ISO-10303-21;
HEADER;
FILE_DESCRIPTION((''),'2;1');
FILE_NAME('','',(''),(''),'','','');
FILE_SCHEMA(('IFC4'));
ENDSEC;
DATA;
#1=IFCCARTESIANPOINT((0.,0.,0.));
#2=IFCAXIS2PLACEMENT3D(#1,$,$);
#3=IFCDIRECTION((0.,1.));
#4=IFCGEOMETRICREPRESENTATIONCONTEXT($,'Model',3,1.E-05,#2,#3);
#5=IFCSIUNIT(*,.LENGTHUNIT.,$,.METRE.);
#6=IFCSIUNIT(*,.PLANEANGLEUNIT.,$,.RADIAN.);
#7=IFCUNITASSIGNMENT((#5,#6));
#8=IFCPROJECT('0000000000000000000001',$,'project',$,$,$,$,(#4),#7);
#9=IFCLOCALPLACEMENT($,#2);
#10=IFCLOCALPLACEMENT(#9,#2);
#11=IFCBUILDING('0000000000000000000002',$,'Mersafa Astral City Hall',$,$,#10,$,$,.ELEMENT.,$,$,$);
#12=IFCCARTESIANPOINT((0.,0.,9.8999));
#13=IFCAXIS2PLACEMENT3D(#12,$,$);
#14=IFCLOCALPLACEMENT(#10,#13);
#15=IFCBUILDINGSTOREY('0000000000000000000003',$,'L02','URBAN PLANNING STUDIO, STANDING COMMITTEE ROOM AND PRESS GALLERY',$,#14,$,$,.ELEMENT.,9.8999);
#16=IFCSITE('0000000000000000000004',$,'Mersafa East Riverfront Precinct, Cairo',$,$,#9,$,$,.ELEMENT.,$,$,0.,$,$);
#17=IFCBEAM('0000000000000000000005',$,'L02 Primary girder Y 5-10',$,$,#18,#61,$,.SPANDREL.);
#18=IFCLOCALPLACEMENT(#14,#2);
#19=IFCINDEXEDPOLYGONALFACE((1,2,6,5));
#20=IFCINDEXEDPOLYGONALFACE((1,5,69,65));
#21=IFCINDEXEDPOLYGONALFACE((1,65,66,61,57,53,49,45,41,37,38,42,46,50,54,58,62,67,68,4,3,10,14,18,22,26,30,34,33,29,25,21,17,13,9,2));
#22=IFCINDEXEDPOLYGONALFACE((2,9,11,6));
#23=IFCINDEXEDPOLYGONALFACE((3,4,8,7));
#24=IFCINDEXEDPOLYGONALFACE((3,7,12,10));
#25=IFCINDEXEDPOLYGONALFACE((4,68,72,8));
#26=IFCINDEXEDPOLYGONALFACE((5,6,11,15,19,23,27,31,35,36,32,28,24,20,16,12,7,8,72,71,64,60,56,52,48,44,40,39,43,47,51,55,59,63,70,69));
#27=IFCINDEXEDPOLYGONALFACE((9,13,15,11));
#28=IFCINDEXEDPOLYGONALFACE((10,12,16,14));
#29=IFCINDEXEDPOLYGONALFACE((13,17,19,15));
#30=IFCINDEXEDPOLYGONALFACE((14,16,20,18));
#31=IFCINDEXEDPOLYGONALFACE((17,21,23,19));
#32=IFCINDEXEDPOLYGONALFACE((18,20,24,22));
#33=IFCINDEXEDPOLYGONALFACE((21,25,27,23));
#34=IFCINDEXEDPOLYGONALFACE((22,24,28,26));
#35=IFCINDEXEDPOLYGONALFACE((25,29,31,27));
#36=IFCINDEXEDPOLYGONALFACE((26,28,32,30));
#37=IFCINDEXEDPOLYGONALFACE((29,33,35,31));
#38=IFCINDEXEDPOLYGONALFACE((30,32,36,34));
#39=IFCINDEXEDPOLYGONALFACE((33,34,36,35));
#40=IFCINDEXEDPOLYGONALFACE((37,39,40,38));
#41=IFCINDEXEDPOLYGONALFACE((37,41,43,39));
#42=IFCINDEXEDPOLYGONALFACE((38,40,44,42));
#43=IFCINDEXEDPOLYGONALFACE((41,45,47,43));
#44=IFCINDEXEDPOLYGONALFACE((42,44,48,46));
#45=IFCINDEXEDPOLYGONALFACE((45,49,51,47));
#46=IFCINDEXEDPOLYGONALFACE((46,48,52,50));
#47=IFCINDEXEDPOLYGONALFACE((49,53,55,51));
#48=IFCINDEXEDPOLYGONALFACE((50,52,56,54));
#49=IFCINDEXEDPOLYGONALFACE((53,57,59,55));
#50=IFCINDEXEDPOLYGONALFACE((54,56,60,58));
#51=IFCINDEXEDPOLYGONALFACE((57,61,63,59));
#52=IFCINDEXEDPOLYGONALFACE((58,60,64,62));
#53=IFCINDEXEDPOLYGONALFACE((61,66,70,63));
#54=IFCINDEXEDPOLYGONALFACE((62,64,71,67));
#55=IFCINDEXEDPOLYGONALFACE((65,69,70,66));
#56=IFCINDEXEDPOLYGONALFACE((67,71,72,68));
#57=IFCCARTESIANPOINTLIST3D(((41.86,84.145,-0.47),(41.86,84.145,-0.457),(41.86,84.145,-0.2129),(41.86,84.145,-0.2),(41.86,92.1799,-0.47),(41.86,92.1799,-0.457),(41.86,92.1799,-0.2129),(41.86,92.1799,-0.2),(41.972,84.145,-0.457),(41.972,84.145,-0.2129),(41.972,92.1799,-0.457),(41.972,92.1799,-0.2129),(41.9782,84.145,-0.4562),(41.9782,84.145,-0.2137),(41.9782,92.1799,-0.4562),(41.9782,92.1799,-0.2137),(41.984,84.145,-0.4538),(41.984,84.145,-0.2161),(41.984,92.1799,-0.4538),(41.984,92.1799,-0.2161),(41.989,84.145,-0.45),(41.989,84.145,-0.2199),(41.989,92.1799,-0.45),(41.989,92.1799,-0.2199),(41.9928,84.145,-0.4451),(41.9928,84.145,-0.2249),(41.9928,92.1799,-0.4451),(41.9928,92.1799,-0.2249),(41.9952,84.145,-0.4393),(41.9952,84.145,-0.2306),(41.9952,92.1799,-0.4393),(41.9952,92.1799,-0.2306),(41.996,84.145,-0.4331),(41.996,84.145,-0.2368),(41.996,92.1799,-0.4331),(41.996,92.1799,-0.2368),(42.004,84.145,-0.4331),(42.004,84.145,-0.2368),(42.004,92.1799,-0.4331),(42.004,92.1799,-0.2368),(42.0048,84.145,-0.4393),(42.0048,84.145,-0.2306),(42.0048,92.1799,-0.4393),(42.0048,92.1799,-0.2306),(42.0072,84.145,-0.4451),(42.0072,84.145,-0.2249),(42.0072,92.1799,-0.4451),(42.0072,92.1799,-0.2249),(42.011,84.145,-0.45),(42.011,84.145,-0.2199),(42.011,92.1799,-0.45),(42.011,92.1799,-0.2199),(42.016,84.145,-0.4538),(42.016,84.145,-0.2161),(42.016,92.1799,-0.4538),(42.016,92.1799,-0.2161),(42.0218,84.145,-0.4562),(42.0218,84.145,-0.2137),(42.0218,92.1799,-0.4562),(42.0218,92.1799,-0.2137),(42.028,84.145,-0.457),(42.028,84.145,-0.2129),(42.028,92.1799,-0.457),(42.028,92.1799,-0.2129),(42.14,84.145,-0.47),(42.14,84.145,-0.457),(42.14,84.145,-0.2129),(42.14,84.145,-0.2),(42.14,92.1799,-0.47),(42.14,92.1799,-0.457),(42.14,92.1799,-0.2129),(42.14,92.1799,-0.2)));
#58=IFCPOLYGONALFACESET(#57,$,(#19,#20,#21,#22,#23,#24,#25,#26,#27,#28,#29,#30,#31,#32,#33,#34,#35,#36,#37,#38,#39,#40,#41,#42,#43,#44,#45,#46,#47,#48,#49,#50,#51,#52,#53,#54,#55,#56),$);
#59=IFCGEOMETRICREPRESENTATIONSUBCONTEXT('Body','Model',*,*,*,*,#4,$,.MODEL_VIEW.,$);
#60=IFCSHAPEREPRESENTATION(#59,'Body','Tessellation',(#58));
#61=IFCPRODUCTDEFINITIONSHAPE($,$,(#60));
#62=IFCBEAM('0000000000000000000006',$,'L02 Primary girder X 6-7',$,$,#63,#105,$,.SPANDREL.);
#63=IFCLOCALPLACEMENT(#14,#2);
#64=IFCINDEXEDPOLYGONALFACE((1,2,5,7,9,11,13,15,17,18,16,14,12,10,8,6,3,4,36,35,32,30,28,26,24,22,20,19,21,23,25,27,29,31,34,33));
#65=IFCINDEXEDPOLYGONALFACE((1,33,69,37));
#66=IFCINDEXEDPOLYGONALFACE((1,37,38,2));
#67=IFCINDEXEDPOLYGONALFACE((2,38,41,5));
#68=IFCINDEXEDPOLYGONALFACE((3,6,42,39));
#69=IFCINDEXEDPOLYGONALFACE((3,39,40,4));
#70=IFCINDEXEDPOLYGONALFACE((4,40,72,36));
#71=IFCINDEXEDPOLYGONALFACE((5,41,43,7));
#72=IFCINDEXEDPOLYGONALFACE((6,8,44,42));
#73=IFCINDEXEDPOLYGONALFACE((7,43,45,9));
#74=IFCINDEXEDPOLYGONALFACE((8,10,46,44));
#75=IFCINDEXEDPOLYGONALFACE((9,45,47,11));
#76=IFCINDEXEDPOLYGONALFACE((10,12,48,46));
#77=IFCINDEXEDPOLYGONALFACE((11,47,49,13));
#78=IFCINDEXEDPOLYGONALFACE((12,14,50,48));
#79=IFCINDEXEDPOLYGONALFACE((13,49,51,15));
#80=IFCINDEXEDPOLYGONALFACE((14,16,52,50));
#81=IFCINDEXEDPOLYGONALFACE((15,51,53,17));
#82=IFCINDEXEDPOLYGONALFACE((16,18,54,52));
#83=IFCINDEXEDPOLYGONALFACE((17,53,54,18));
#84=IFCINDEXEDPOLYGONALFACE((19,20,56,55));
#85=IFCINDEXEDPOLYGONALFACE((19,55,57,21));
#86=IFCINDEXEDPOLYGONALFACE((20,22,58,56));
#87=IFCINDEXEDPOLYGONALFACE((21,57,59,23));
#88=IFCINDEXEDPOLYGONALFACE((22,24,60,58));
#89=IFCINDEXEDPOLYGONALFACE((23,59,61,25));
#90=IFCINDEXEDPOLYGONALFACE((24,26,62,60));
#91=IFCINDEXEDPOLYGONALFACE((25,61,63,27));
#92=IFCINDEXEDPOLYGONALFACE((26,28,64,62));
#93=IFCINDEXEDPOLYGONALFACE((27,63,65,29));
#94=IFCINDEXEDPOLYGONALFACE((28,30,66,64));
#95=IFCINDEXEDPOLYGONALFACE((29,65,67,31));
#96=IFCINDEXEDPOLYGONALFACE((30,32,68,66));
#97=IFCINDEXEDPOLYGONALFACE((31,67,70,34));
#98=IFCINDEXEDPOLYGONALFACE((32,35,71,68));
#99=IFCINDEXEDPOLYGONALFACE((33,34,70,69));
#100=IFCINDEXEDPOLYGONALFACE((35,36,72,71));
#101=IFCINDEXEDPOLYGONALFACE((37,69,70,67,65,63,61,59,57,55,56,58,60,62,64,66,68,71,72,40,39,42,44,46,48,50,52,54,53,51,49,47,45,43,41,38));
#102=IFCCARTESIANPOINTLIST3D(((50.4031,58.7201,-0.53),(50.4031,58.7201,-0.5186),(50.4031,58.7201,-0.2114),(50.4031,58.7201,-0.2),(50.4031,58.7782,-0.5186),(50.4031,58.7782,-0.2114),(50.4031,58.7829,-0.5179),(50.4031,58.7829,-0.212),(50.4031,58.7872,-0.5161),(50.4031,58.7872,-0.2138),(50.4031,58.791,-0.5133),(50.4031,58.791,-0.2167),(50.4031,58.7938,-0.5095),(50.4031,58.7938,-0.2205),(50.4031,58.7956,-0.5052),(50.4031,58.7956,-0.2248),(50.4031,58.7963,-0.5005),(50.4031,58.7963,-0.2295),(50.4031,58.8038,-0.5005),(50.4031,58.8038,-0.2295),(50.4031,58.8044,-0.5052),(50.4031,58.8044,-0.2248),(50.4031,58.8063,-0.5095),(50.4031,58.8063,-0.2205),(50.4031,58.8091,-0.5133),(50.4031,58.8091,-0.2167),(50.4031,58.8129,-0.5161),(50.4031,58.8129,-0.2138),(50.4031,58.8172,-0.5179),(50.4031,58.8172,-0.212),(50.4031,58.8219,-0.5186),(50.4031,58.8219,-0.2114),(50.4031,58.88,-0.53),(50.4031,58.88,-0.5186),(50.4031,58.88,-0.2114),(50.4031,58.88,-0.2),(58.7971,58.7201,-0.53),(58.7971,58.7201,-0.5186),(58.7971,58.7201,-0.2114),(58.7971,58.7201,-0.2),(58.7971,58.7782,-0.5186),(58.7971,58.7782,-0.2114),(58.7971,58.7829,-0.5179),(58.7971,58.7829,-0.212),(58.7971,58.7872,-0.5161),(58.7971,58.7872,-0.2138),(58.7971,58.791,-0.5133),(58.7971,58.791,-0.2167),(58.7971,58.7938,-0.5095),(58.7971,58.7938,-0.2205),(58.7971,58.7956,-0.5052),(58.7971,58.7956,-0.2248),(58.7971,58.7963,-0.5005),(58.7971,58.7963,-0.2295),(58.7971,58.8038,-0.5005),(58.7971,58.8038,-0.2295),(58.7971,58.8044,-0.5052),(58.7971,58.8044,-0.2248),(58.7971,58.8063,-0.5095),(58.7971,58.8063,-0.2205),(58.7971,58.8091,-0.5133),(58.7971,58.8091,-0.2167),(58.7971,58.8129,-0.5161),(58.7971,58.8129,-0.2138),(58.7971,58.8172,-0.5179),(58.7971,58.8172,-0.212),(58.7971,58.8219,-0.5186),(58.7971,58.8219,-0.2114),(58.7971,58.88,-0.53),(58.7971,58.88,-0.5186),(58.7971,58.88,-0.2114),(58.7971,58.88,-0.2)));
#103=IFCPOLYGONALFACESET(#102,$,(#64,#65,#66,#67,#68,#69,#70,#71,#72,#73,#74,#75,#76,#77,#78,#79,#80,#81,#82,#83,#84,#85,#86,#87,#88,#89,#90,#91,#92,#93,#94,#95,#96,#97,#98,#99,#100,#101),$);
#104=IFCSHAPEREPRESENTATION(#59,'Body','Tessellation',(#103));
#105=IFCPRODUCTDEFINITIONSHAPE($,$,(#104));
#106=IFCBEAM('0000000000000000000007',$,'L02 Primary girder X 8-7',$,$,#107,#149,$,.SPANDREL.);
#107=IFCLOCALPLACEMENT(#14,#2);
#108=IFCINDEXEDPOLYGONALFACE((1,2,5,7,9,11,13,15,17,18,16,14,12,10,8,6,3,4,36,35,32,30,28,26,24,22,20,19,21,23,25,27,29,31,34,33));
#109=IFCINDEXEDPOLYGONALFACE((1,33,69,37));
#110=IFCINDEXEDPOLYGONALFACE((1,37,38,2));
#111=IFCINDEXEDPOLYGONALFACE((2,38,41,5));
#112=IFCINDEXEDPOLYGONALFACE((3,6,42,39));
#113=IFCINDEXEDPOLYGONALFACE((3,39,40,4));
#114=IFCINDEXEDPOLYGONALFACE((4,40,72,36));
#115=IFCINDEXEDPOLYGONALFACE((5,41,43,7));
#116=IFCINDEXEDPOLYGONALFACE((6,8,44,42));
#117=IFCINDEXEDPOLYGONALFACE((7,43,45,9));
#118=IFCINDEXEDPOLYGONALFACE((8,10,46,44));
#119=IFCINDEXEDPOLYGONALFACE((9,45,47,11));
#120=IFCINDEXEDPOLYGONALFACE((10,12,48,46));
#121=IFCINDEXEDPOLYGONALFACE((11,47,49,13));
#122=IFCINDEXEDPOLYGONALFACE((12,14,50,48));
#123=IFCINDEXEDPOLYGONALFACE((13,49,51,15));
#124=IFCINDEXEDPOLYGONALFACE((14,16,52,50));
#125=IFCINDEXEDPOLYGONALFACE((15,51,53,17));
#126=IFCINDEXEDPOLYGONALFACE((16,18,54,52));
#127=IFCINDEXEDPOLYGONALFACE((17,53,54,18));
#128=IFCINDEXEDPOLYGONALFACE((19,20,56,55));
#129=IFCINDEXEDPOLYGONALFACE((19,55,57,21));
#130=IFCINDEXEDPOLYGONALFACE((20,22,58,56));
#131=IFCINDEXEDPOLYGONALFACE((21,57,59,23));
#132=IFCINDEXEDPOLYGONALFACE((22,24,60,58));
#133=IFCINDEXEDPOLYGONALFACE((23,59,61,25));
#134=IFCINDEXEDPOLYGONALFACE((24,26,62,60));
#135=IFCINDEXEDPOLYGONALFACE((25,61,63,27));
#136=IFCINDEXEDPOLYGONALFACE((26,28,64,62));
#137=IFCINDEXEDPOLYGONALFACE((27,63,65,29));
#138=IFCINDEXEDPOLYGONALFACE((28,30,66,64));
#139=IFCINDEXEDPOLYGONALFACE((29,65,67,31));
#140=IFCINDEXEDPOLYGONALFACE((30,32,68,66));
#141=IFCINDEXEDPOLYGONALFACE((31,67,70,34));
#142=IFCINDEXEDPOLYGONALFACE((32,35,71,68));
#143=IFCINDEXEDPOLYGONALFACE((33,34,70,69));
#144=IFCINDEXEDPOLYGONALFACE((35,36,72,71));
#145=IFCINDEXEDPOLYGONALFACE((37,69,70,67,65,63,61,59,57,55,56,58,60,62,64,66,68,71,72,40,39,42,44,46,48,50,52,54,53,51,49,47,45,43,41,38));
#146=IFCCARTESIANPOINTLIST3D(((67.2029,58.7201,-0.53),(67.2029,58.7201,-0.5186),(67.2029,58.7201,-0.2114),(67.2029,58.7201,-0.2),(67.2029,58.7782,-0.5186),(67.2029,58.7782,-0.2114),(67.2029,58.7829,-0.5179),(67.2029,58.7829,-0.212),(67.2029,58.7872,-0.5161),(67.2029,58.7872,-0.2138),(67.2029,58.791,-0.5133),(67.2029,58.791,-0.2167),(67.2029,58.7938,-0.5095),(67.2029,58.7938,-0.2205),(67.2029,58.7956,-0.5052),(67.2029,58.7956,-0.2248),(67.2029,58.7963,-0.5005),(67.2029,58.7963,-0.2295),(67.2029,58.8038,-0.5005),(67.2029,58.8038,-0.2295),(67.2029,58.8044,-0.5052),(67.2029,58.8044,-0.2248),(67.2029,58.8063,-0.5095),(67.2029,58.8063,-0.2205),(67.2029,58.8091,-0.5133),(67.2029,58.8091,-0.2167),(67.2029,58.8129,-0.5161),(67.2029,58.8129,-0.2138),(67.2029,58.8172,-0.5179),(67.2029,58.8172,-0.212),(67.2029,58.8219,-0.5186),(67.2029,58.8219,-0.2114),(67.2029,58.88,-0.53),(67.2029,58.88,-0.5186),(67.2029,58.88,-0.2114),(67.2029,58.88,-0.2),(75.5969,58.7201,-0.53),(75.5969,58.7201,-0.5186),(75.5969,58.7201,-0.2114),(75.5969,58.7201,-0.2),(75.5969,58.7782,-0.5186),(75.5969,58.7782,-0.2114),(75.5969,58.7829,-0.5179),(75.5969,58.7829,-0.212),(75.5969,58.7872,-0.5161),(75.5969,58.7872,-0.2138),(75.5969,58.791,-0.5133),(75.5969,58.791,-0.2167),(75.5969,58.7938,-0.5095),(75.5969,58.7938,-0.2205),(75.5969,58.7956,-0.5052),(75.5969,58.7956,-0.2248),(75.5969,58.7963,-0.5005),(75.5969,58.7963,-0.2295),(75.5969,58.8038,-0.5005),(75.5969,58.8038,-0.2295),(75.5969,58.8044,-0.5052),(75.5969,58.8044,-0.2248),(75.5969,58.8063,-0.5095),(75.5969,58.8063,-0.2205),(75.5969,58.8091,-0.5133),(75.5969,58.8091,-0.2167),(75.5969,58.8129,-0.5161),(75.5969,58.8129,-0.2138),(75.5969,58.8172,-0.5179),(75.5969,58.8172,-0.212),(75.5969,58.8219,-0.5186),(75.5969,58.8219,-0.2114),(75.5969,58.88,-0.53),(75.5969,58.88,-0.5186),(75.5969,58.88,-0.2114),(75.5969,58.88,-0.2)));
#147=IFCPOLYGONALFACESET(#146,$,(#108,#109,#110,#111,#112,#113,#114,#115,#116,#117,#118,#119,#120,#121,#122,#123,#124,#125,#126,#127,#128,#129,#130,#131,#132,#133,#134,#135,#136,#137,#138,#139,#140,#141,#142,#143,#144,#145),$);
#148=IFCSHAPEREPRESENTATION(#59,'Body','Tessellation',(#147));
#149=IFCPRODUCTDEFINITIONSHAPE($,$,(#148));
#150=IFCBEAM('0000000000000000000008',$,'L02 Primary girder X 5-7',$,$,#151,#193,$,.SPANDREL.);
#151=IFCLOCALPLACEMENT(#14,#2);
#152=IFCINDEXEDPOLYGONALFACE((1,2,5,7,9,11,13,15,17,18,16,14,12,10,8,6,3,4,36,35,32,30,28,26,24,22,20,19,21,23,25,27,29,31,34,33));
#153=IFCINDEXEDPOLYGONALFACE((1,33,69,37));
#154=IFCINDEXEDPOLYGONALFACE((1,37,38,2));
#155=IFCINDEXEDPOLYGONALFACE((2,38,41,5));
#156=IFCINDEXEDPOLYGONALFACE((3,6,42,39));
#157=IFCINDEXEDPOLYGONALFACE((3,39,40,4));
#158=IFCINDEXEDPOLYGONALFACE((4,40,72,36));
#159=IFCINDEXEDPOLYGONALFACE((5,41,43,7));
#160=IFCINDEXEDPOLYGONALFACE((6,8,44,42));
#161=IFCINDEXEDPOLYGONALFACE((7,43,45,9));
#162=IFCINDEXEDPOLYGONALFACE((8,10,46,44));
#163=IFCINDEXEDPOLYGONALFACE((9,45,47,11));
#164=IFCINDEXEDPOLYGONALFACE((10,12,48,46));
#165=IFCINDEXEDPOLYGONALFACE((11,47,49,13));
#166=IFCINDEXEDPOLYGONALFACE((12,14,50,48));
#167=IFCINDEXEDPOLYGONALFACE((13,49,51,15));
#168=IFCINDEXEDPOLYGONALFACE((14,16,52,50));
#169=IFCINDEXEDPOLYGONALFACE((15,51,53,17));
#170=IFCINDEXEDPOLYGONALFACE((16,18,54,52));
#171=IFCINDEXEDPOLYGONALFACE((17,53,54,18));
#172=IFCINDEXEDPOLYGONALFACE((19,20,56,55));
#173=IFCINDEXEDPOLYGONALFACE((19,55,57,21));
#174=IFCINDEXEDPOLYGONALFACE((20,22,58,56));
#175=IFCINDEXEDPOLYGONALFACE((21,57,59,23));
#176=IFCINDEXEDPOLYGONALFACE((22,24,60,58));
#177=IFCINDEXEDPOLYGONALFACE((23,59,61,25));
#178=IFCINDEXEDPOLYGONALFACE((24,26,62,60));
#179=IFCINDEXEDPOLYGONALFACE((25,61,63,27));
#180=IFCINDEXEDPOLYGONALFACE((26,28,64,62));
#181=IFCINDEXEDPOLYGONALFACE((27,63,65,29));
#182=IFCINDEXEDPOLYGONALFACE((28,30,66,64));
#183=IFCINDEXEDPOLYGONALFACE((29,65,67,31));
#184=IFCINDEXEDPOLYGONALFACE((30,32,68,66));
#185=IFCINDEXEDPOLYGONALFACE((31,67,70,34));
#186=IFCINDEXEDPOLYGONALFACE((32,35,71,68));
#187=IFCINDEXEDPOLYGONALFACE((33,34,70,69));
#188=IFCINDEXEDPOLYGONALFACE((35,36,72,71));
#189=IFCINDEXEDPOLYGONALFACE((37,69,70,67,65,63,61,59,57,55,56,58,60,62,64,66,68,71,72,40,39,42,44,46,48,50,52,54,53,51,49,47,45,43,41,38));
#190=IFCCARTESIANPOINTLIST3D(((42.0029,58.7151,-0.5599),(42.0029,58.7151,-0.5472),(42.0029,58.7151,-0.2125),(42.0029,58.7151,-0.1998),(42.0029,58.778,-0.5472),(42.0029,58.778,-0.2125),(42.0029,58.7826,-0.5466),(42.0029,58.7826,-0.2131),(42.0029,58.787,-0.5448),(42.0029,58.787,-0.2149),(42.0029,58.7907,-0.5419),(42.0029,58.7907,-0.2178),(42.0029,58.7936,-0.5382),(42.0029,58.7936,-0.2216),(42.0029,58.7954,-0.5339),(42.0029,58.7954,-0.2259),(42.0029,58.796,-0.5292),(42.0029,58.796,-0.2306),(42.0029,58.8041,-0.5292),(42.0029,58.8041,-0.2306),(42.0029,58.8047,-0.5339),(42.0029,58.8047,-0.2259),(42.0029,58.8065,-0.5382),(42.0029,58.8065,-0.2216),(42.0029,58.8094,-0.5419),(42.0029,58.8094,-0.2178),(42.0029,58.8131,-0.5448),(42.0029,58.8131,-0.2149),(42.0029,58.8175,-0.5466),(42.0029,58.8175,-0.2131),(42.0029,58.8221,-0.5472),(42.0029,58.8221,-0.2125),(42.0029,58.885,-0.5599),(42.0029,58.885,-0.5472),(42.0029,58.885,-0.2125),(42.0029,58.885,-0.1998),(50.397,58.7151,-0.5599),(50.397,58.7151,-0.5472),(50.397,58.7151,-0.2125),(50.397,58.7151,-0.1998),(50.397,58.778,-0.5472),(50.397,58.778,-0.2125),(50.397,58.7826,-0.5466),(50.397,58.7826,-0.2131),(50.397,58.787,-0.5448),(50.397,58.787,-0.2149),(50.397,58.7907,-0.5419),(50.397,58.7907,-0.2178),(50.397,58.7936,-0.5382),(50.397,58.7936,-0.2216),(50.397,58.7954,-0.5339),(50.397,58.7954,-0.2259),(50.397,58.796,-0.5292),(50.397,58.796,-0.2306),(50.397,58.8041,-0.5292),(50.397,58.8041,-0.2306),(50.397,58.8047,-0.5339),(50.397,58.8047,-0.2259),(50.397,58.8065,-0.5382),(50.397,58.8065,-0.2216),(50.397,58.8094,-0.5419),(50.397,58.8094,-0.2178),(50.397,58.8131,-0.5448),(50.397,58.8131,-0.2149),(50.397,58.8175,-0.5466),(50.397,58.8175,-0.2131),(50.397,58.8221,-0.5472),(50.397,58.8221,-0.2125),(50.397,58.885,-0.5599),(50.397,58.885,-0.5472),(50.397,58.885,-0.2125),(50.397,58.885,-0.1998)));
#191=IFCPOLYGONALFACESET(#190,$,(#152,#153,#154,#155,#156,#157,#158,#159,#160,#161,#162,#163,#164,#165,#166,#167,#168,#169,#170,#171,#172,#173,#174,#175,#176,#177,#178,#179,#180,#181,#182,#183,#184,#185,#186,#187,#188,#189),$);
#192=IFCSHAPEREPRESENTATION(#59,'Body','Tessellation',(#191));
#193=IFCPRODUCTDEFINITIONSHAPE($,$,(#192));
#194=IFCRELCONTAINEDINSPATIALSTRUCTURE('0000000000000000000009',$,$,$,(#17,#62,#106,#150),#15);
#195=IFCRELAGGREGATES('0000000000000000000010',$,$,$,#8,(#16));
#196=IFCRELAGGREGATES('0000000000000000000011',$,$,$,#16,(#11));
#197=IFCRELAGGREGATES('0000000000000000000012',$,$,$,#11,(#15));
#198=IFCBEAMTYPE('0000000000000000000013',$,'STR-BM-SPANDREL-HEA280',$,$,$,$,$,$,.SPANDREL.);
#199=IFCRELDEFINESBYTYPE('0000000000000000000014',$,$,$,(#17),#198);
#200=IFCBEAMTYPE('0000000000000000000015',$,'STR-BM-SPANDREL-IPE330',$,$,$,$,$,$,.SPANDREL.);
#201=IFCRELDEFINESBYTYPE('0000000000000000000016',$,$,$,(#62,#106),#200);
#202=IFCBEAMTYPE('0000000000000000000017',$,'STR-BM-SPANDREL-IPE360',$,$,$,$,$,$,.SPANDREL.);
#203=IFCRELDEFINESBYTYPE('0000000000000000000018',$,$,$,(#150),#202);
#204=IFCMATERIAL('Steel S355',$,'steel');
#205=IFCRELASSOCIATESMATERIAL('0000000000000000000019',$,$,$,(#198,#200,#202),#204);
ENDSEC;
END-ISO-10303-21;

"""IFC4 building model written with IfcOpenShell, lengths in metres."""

from ifc_helpers import new_model, si_unit, direction, frame, origin, origin_2d, place, context, subcontext, project, spatial, i_section, extrude, material, material_profile, profile_set, type_object, element, save


model = new_model("IFC4")

# Units and contexts
model_context = context("Model", 3, precision=1e-05, world=origin(), true_north=direction((0.0, 1.0)))
body_context = subcontext(model_context, "Body", "Model", "MODEL_VIEW")
ifc_project = project(units=[si_unit("LENGTHUNIT", "METRE"), si_unit("PLANEANGLEUNIT", "RADIAN")], contexts=[model_context])

# Site, building, storey
site_placement = place(None, origin())
site = spatial("IfcSite", under=ifc_project, at=site_placement, Name="Mersafa East Riverfront Precinct, Cairo", CompositionType="ELEMENT", RefElevation=0.0)
building_placement = place(site_placement, origin())
building = spatial("IfcBuilding", under=site, at=building_placement, Name="Mersafa Astral City Hall", CompositionType="ELEMENT")
storey_placement = place(building_placement, frame((0.0, 0.0, 9.8999)))
storey = spatial("IfcBuildingStorey", under=building, at=storey_placement, Name="L02", Description="URBAN PLANNING STUDIO, STANDING COMMITTEE ROOM AND PRESS GALLERY", CompositionType="ELEMENT", Elevation=9.8999)

# Beams
ifc_material = material(Name="Steel S355", Category="steel")
ifc_material_profile_1 = material_profile(ifc_material, i_section(OverallWidth=0.28, OverallDepth=0.27, WebThickness=0.0081, FlangeThickness=0.0129, FilletRadius=0.0239, at=origin_2d()), Name="HEA 280")
ifc_profile_set_1 = profile_set([ifc_material_profile_1], Name="Steel S355")
beam_type_1 = type_object("IfcBeamType", Name="STR-BM-SPANDREL-HEA280", PredefinedType="SPANDREL", material=ifc_profile_set_1)
beam_1_placement = place(storey_placement, frame((42.0, 84.145, -0.335), z_axis=(0.0, 1.0, 0.0), x_axis=(-1.0, 0.0, 0.0)))
element("IfcBeam", 1, at=beam_1_placement, inside=storey, type_object=beam_type_1, Name="L02 Primary girder Y 5-10", PredefinedType="SPANDREL", context=body_context, shape_type="SweptSolid", body=[
    extrude(i_section(OverallWidth=0.28, OverallDepth=0.27, WebThickness=0.0081, FlangeThickness=0.0129, FilletRadius=0.0239, at=origin_2d()), origin(), (0.0, 0.0, 1.0), 8.0349),
])
ifc_material_profile_2 = material_profile(ifc_material, i_section(OverallWidth=0.1599, OverallDepth=0.3301, WebThickness=0.0076, FlangeThickness=0.0115, FilletRadius=0.0181, at=origin_2d()), Name="IPE 330")
ifc_profile_set_2 = profile_set([ifc_material_profile_2], Name="Steel S355")
beam_type_2 = type_object("IfcBeamType", Name="STR-BM-SPANDREL-IPE330", PredefinedType="SPANDREL", material=ifc_profile_set_2)
for number, where, z_axis, x_axis, name in (
    (2, (50.4031, 58.8, -0.365), (1.0, 0.0, 0.0), (0.0, 1.0, 0.0), "L02 Primary girder X 6-7"),
    (3, (67.2029, 58.8, -0.365), (1.0, 0.0, 0.0), (0.0, 1.0, 0.0), "L02 Primary girder X 8-7"),
):
    element("IfcBeam", number, at=place(storey_placement, frame(where, z_axis=z_axis, x_axis=x_axis)), inside=storey, type_object=beam_type_2, Name=name, PredefinedType="SPANDREL", context=body_context, shape_type="SweptSolid", body=[
        extrude(i_section(OverallWidth=0.1599, OverallDepth=0.3301, WebThickness=0.0076, FlangeThickness=0.0115, FilletRadius=0.0181, at=origin_2d()), origin(), (0.0, 0.0, 1.0), 8.394),
    ])
ifc_material_profile_3 = material_profile(ifc_material, i_section(OverallWidth=0.1699, OverallDepth=0.3601, WebThickness=0.0081, FlangeThickness=0.0127, FilletRadius=0.0181, at=origin_2d()), Name="IPE 360")
ifc_profile_set_3 = profile_set([ifc_material_profile_3], Name="Steel S355")
beam_type_3 = type_object("IfcBeamType", Name="STR-BM-SPANDREL-IPE360", PredefinedType="SPANDREL", material=ifc_profile_set_3)
for number, where, z_axis, x_axis, name in (
    (4, (42.0029, 58.8, -0.3799), (1.0, 0.0, 0.0), (0.0, 1.0, 0.0), "L02 Primary girder X 5-7"),
):
    element("IfcBeam", number, at=place(storey_placement, frame(where, z_axis=z_axis, x_axis=x_axis)), inside=storey, type_object=beam_type_3, Name=name, PredefinedType="SPANDREL", context=body_context, shape_type="SweptSolid", body=[
        extrude(i_section(OverallWidth=0.1699, OverallDepth=0.3601, WebThickness=0.0081, FlangeThickness=0.0127, FilletRadius=0.0181, at=origin_2d()), origin(), (0.0, 0.0, 1.0), 8.394),
    ])

save(model, "model.ifc")
